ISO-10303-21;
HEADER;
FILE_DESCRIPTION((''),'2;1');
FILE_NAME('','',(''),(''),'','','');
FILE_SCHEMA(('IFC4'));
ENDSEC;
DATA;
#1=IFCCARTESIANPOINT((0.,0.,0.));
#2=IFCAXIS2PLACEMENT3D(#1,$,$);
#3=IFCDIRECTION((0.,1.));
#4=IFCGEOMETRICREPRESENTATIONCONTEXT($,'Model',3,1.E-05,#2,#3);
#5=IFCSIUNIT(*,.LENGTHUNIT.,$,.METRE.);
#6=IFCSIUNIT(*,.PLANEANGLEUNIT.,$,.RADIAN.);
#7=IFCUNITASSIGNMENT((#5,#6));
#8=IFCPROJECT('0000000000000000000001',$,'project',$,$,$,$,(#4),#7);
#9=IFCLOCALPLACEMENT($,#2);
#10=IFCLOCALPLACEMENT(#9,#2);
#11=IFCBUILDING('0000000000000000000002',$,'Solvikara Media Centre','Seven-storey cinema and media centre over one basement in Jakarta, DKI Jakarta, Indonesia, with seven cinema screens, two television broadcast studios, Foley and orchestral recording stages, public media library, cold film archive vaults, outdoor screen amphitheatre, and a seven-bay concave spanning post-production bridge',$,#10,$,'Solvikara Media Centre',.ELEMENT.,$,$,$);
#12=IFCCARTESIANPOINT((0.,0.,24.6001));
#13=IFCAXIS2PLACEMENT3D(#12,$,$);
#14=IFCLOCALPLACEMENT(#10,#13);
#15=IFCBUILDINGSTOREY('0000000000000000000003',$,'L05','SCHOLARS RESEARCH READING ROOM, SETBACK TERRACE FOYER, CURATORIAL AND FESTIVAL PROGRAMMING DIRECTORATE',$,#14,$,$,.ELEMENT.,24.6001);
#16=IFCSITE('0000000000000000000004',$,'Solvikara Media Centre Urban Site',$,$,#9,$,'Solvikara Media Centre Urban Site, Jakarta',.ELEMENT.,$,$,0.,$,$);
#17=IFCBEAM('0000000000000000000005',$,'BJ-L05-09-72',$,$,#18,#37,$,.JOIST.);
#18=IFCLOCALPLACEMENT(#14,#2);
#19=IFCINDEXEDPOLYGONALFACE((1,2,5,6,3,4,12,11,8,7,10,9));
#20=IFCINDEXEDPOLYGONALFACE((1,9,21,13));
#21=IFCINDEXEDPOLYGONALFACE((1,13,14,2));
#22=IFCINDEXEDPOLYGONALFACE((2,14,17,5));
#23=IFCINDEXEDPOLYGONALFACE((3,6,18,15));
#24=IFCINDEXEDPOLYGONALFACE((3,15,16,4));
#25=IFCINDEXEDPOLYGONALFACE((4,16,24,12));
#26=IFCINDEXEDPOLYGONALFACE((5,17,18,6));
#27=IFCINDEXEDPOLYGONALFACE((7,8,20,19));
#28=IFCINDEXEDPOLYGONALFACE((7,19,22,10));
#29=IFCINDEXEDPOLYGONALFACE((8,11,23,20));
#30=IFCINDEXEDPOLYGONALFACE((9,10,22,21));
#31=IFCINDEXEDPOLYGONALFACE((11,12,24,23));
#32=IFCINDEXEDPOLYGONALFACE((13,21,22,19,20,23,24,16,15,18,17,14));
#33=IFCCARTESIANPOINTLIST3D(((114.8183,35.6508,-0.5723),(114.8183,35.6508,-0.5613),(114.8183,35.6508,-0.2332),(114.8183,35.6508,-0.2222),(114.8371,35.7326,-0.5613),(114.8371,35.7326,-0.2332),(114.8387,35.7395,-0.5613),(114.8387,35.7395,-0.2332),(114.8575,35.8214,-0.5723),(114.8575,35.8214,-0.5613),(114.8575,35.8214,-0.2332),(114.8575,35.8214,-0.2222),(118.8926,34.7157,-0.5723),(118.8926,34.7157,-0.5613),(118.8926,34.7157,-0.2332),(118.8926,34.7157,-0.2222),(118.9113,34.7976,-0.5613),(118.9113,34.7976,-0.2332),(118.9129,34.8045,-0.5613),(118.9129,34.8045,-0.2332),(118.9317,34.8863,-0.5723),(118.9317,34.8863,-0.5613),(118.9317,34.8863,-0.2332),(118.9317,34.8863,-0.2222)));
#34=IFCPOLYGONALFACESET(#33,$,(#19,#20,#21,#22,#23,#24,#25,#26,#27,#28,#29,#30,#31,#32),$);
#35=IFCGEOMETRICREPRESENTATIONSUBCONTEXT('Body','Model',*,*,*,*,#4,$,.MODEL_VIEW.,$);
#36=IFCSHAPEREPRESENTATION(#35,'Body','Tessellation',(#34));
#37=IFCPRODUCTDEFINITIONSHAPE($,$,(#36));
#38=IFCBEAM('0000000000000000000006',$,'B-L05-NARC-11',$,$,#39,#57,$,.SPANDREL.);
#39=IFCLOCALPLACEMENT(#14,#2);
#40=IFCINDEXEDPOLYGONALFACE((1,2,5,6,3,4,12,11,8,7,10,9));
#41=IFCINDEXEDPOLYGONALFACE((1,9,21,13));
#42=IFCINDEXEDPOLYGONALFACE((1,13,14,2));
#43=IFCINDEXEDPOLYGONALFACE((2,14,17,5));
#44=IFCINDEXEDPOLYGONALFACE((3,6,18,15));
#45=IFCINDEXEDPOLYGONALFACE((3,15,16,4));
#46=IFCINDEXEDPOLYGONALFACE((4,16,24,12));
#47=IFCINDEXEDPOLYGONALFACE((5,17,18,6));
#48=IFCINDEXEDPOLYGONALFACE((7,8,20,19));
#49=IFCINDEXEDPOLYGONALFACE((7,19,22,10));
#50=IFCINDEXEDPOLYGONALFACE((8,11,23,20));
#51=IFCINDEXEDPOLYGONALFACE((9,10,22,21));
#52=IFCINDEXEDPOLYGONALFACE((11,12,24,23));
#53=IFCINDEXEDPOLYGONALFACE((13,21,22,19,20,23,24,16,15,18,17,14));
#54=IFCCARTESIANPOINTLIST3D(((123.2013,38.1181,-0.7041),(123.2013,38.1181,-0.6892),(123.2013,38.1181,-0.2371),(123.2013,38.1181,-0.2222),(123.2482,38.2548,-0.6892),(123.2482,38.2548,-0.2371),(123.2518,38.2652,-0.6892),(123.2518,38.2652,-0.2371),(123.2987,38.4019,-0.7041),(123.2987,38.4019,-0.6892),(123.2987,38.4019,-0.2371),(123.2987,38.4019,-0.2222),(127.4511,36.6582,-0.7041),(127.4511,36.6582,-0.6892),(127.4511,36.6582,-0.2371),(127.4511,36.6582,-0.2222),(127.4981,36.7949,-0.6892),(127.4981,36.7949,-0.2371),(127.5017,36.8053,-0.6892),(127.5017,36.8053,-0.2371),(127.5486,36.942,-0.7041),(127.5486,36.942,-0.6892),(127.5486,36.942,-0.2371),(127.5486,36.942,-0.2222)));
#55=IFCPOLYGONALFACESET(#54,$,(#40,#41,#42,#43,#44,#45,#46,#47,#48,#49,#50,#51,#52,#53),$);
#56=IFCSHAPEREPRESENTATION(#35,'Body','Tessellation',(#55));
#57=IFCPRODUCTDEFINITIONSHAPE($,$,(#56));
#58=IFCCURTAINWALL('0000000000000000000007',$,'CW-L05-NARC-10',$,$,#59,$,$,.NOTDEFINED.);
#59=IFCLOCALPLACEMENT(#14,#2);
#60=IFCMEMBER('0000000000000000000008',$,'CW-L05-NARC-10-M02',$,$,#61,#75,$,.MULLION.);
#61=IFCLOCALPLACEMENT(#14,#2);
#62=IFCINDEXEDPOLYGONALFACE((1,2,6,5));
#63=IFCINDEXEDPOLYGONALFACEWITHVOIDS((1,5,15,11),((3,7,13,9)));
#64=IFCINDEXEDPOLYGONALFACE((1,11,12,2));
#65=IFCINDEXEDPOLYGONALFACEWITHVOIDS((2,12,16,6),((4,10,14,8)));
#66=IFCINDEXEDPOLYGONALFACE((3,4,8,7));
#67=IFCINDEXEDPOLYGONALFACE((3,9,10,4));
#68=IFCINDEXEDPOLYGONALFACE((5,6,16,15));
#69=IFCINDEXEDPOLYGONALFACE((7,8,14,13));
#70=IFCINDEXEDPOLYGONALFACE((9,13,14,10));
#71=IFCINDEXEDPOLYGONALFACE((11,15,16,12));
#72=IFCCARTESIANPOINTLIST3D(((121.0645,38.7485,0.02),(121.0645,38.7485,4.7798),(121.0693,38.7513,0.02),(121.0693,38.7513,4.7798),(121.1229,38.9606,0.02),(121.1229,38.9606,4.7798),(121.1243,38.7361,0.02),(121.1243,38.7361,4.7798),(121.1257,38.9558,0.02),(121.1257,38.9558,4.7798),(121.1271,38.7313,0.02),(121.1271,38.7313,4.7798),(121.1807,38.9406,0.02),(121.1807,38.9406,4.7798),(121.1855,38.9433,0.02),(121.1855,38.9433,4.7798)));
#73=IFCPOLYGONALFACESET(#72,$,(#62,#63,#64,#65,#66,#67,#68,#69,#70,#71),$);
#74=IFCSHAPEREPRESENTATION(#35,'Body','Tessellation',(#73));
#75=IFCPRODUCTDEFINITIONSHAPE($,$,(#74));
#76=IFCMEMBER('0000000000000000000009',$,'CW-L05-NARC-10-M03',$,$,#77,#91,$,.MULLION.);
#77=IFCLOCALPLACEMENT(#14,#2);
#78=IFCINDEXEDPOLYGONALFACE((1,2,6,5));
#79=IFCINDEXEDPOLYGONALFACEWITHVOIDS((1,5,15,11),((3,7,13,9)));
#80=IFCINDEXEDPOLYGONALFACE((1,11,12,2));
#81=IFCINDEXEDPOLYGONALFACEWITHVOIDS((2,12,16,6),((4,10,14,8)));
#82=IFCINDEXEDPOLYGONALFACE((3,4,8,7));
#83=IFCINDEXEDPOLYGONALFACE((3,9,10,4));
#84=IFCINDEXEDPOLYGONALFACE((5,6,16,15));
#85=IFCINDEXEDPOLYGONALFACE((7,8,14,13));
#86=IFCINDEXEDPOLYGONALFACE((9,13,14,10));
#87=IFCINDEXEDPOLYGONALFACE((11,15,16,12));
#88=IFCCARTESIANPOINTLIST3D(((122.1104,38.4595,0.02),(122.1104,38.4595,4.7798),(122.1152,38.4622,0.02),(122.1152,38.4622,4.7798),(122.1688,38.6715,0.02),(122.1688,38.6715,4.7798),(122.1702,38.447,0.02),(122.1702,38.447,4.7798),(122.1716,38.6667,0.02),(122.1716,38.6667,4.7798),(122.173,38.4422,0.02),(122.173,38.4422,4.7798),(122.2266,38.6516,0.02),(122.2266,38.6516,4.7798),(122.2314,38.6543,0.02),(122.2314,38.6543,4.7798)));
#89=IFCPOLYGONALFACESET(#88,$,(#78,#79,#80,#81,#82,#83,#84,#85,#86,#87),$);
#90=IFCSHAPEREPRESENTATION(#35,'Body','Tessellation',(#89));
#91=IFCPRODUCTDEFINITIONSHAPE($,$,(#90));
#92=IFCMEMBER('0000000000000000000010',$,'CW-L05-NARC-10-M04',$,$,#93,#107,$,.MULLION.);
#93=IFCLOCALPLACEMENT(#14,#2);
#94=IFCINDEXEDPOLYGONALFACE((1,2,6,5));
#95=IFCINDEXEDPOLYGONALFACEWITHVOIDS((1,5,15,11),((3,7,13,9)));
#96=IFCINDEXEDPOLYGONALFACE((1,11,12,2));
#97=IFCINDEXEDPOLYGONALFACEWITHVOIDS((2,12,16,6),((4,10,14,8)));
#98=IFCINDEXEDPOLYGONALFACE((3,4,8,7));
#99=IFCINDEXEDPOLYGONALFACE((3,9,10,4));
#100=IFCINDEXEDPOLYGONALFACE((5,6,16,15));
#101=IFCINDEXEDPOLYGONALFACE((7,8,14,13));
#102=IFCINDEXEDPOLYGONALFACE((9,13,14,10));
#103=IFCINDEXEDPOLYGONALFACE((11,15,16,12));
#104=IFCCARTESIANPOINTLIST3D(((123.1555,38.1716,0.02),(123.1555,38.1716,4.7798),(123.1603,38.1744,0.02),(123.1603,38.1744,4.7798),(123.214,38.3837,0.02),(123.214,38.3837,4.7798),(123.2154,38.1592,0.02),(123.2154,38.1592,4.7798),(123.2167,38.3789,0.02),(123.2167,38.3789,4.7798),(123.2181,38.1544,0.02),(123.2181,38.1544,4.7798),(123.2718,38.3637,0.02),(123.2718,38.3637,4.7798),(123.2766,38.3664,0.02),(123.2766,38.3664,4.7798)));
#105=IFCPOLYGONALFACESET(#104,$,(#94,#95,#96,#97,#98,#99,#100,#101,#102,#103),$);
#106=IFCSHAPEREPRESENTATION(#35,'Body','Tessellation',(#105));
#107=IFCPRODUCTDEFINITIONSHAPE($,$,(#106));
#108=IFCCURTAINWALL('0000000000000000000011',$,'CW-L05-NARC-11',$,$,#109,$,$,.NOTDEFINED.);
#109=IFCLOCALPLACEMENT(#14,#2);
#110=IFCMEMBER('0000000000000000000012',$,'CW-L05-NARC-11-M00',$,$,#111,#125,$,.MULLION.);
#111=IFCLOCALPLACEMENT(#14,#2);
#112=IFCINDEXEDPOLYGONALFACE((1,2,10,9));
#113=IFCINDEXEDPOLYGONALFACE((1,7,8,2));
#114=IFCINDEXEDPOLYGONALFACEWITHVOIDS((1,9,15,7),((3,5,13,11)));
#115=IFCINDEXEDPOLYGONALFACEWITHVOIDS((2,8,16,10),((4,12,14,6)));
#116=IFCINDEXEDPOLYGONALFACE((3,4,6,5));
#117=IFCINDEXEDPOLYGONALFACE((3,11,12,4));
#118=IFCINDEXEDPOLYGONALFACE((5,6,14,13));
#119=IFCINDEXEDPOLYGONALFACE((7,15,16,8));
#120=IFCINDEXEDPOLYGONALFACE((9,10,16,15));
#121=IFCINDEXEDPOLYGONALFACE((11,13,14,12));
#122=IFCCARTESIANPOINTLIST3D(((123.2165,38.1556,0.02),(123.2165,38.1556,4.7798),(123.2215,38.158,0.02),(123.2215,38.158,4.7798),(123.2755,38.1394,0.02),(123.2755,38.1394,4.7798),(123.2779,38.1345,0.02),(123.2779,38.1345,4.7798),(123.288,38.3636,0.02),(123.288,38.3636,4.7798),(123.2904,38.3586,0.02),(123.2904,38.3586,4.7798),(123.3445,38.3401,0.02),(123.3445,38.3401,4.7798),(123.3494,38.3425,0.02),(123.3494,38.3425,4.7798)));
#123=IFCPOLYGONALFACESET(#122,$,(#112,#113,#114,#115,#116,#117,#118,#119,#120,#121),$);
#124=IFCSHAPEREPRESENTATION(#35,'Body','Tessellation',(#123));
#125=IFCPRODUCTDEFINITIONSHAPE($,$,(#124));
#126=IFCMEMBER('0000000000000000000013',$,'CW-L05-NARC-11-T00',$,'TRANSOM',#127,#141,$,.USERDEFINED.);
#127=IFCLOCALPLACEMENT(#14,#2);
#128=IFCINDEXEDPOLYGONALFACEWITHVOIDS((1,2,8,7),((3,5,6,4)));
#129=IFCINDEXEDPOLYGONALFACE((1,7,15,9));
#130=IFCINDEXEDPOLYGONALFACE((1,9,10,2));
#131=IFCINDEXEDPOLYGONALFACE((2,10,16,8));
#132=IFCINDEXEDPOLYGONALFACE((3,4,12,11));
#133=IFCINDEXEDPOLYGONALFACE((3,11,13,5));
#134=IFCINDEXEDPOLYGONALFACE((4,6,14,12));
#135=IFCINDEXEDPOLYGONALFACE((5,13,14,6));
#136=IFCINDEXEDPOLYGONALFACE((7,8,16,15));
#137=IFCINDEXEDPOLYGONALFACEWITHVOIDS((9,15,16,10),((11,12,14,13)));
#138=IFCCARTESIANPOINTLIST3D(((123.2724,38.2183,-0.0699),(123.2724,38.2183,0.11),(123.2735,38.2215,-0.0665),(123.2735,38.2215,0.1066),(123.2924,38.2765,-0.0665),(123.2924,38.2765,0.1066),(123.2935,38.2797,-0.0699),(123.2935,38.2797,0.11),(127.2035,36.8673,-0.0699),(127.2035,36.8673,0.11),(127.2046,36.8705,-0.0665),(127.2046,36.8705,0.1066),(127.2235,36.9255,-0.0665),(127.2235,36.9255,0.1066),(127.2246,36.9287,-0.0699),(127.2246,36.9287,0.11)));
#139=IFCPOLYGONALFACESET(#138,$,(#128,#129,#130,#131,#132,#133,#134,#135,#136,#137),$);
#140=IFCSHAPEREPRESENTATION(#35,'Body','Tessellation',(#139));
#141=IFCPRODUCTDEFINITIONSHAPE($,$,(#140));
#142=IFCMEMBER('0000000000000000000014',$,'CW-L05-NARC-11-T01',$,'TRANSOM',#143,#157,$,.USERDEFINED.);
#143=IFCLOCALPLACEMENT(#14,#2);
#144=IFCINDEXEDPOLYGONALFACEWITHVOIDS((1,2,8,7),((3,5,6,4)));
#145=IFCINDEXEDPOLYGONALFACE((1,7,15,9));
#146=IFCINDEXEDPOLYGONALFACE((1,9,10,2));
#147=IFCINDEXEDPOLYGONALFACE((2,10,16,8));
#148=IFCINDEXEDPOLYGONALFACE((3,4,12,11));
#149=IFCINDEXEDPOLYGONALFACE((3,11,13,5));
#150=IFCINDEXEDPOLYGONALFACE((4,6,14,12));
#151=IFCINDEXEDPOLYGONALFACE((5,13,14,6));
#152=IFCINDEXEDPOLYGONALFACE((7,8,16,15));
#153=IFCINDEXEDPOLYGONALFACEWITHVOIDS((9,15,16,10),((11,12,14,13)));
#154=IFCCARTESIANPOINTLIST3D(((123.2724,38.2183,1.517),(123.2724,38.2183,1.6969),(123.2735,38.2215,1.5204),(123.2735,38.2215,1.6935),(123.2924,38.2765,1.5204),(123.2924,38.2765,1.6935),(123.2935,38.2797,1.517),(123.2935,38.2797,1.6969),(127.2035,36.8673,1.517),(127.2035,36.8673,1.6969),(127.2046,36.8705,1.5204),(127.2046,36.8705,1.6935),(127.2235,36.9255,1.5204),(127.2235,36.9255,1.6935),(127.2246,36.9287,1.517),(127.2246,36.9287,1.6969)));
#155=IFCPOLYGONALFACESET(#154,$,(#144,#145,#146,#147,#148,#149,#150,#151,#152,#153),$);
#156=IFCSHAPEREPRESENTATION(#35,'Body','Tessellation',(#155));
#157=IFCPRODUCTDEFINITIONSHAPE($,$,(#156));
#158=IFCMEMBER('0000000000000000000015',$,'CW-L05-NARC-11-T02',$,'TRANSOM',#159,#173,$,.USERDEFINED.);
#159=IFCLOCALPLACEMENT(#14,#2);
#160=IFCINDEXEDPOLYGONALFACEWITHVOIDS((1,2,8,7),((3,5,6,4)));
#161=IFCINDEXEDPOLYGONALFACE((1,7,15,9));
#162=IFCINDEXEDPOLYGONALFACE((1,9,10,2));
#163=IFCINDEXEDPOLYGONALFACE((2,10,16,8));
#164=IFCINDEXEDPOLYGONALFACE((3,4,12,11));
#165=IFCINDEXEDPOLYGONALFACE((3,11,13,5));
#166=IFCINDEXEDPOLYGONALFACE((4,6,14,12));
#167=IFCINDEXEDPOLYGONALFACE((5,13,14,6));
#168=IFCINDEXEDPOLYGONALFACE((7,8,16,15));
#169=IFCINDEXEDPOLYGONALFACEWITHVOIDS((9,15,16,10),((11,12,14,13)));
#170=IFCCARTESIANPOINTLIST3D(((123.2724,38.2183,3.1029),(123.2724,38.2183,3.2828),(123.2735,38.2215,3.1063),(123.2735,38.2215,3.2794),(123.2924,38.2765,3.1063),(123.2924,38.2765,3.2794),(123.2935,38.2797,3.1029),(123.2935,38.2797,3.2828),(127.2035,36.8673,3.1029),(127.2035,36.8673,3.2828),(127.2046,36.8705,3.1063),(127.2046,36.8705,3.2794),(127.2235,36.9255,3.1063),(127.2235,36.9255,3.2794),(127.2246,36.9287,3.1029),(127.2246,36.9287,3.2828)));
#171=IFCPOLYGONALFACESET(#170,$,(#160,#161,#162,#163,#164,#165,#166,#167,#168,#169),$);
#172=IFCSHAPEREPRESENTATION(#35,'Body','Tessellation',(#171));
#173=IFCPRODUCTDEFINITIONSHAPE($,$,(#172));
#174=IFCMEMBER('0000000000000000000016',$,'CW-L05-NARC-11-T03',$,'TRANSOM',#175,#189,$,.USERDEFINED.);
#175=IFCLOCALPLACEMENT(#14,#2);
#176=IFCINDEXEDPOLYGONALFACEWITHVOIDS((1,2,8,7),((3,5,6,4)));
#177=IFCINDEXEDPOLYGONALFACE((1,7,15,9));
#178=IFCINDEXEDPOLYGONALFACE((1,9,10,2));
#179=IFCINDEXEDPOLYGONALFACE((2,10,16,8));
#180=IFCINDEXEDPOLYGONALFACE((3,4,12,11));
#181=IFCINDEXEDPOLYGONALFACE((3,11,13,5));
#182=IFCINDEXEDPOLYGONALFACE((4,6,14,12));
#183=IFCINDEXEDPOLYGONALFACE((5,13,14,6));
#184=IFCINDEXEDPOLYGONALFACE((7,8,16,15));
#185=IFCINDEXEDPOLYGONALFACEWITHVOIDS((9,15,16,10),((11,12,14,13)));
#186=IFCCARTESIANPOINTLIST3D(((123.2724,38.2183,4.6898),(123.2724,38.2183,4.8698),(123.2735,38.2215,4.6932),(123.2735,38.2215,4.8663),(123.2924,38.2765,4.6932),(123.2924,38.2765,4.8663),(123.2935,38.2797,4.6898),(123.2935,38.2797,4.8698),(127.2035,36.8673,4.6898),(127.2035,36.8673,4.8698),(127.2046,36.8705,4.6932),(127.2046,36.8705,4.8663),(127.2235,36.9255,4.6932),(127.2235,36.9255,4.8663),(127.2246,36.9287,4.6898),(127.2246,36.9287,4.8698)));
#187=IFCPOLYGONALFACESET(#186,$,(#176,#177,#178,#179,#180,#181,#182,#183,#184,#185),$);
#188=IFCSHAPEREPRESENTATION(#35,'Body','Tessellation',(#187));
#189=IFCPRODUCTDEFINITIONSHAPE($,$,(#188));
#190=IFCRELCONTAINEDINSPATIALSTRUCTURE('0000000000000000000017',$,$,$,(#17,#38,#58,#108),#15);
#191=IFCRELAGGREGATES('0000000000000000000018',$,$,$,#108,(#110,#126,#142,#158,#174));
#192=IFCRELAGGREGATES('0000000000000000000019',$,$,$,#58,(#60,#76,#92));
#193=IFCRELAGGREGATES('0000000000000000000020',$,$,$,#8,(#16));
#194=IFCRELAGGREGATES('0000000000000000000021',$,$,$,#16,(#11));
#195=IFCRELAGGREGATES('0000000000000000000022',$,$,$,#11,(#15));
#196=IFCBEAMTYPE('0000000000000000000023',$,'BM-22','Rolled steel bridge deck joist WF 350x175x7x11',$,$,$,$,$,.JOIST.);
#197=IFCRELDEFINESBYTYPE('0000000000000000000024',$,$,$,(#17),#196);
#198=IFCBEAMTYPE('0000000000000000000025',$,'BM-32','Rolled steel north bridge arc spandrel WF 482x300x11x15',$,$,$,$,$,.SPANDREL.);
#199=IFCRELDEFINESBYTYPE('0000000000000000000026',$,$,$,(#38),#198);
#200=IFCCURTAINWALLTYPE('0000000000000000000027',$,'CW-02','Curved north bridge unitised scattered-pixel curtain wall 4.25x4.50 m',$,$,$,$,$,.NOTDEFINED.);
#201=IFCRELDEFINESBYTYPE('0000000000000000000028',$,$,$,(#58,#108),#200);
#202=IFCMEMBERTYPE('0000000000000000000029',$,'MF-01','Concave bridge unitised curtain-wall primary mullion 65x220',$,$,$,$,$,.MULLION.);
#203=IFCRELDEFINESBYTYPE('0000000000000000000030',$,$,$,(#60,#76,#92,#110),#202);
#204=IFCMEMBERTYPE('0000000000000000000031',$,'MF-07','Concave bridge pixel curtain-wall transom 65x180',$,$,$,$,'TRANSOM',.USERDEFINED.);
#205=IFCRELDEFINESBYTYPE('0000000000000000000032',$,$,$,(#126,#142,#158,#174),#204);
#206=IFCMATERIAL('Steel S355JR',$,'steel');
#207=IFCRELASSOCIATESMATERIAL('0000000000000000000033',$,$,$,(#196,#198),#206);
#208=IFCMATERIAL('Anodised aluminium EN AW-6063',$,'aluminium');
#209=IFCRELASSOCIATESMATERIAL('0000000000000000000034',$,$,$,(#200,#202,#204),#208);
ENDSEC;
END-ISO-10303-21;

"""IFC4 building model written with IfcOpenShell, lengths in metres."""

from ifc_helpers import new_model, si_unit, direction, frame, origin, origin_2d, place, context, subcontext, project, spatial, hollow_rectangle, i_section, extrude, material, material_profile, profile_set, type_object, element, aggregate, save


model = new_model("IFC4")

# Units and contexts
model_context = context("Model", 3, precision=1e-05, world=origin(), true_north=direction((0.0, 1.0)))
body_context = subcontext(model_context, "Body", "Model", "MODEL_VIEW")
ifc_project = project(units=[si_unit("LENGTHUNIT", "METRE"), si_unit("PLANEANGLEUNIT", "RADIAN")], contexts=[model_context])

# Site, building, storey
site_placement = place(None, origin())
site = spatial("IfcSite", under=ifc_project, at=site_placement, Name="Solvikara Media Centre Urban Site", LongName="Solvikara Media Centre Urban Site, Jakarta", CompositionType="ELEMENT", RefElevation=0.0)
building_placement = place(site_placement, origin())
building = spatial("IfcBuilding", under=site, at=building_placement, Name="Solvikara Media Centre", Description="Seven-storey cinema and media centre over one basement in Jakarta, DKI Jakarta, Indonesia, with seven cinema screens, two television broadcast studios, Foley and orchestral recording stages, public media library, cold film archive vaults, outdoor screen amphitheatre, and a seven-bay concave spanning post-production bridge", LongName="Solvikara Media Centre", CompositionType="ELEMENT")
storey_placement = place(building_placement, frame((0.0, 0.0, 24.6001)))
storey = spatial("IfcBuildingStorey", under=building, at=storey_placement, Name="L05", Description="SCHOLARS RESEARCH READING ROOM, SETBACK TERRACE FOYER, CURATORIAL AND FESTIVAL PROGRAMMING DIRECTORATE", CompositionType="ELEMENT", Elevation=24.6001)

# Beams
ifc_material_1 = material(Name="Steel S355JR", Category="steel")
ifc_material_profile_1 = material_profile(ifc_material_1, i_section(OverallWidth=0.175, OverallDepth=0.3501, WebThickness=0.0071, FlangeThickness=0.011, at=origin_2d()), Name="WF 350x175x7x11")
ifc_profile_set_1 = profile_set([ifc_material_profile_1], Name="Steel S355JR")
beam_type_1 = type_object("IfcBeamType", Name="BM-22", Description="Rolled steel bridge deck joist WF 350x175x7x11", PredefinedType="JOIST", material=ifc_profile_set_1)
beam_1_placement = place(storey_placement, frame((114.8379, 35.7361, -0.3972), z_axis=(0.97466, -0.223691, 0.0), x_axis=(0.223691, 0.97466, 0.0)))
element("IfcBeam", 1, at=beam_1_placement, inside=storey, type_object=beam_type_1, Name="BJ-L05-09-72", PredefinedType="JOIST", context=body_context, shape_type="SweptSolid", body=[
    extrude(i_section(OverallWidth=0.175, OverallDepth=0.3501, WebThickness=0.0071, FlangeThickness=0.011, at=origin_2d()), origin(), (0.0, 0.0, 1.0), 4.1802),
])
ifc_material_profile_2 = material_profile(ifc_material_1, i_section(OverallWidth=0.3, OverallDepth=0.4819, WebThickness=0.011, FlangeThickness=0.0149, at=origin_2d()), Name="WF 482x300x11x15")
ifc_profile_set_2 = profile_set([ifc_material_profile_2], Name="Steel S355JR")
beam_type_2 = type_object("IfcBeamType", Name="BM-32", Description="Rolled steel north bridge arc spandrel WF 482x300x11x15", PredefinedType="SPANDREL", material=ifc_profile_set_2)
beam_2_placement = place(storey_placement, frame((123.25, 38.26, -0.4631), z_axis=(0.945753, -0.324885, 0.0), x_axis=(0.324885, 0.945753, 0.0)))
element("IfcBeam", 2, at=beam_2_placement, inside=storey, type_object=beam_type_2, Name="B-L05-NARC-11", PredefinedType="SPANDREL", context=body_context, shape_type="SweptSolid", body=[
    extrude(i_section(OverallWidth=0.3, OverallDepth=0.4819, WebThickness=0.011, FlangeThickness=0.0149, at=origin_2d()), origin(), (0.0, 0.0, 1.0), 4.4937),
])

# Curtain walls, members
ifc_material_2 = material(Name="Anodised aluminium EN AW-6063", Category="aluminium")
curtain_wall_type = type_object("IfcCurtainWallType", Name="CW-02", Description="Curved north bridge unitised scattered-pixel curtain wall 4.25x4.50 m", PredefinedType="NOTDEFINED", material=ifc_material_2)
curtain_wall_1_placement = place(storey_placement, origin())
curtain_wall_1 = element("IfcCurtainWall", 3, at=curtain_wall_1_placement, inside=storey, type_object=curtain_wall_type, Name="CW-L05-NARC-10", PredefinedType="NOTDEFINED")
ifc_material_profile_3 = material_profile(ifc_material_2, hollow_rectangle(XDim=0.0649, YDim=0.22, WallThickness=0.0039, at=origin_2d()), Name="ALU-M 65x220x4")
ifc_profile_set_3 = profile_set([ifc_material_profile_3], Name="Anodised aluminium EN AW-6063")
member_type_1 = type_object("IfcMemberType", Name="MF-01", Description="Concave bridge unitised curtain-wall primary mullion 65x220", PredefinedType="MULLION", material=ifc_profile_set_3)
member_1_placement = place(storey_placement, frame((121.125, 38.8459, 0.02), z_axis=(0.0, 0.0, 1.0), x_axis=(0.96403, -0.265792, 0.0)))
member_1 = element("IfcMember", 4, at=member_1_placement, type_object=member_type_1, Name="CW-L05-NARC-10-M02", PredefinedType="MULLION", context=body_context, shape_type="SweptSolid", body=[
    extrude(hollow_rectangle(XDim=0.0649, YDim=0.22, WallThickness=0.0039, at=origin_2d()), origin(), (0.0, 0.0, 1.0), 4.7598),
])
member_2_placement = place(storey_placement, frame((122.1709, 38.5569, 0.02), z_axis=(0.0, 0.0, 1.0), x_axis=(0.96403, -0.265792, 0.0)))
member_2 = element("IfcMember", 5, at=member_2_placement, type_object=member_type_1, Name="CW-L05-NARC-10-M03", PredefinedType="MULLION", context=body_context, shape_type="SweptSolid", body=[
    extrude(hollow_rectangle(XDim=0.0649, YDim=0.22, WallThickness=0.0039, at=origin_2d()), origin(), (0.0, 0.0, 1.0), 4.7598),
])
member_3_placement = place(storey_placement, frame((123.2161, 38.269, 0.02), z_axis=(0.0, 0.0, 1.0), x_axis=(0.96403, -0.265792, 0.0)))
member_3 = element("IfcMember", 6, at=member_3_placement, type_object=member_type_1, Name="CW-L05-NARC-10-M04", PredefinedType="MULLION", context=body_context, shape_type="SweptSolid", body=[
    extrude(hollow_rectangle(XDim=0.0649, YDim=0.22, WallThickness=0.0039, at=origin_2d()), origin(), (0.0, 0.0, 1.0), 4.7598),
])
curtain_wall_2_placement = place(storey_placement, origin())
curtain_wall_2 = element("IfcCurtainWall", 7, at=curtain_wall_2_placement, inside=storey, type_object=curtain_wall_type, Name="CW-L05-NARC-11", PredefinedType="NOTDEFINED")
member_4_placement = place(storey_placement, frame((123.283, 38.249, 0.02), z_axis=(0.0, 0.0, 1.0), x_axis=(0.945706, -0.325024, 0.0)))
member_4 = element("IfcMember", 8, at=member_4_placement, type_object=member_type_1, Name="CW-L05-NARC-11-M00", PredefinedType="MULLION", context=body_context, shape_type="SweptSolid", body=[
    extrude(hollow_rectangle(XDim=0.0649, YDim=0.22, WallThickness=0.0039, at=origin_2d()), origin(), (0.0, 0.0, 1.0), 4.7598),
])
ifc_material_profile_4 = material_profile(ifc_material_2, hollow_rectangle(XDim=0.0649, YDim=0.1799, WallThickness=0.0034, at=origin_2d()), Name="ALU-T 65x180x3.5")
ifc_profile_set_4 = profile_set([ifc_material_profile_4], Name="Anodised aluminium EN AW-6063")
member_type_2 = type_object("IfcMemberType", Name="MF-07", Description="Concave bridge pixel curtain-wall transom 65x180", ElementType="TRANSOM", PredefinedType="USERDEFINED", material=ifc_profile_set_4)
member_5_placement = place(storey_placement, frame((123.283, 38.249, 0.02), z_axis=(0.945706, -0.325024, 0.0), x_axis=(0.325024, 0.945706, 0.0)))
member_5 = element("IfcMember", 9, at=member_5_placement, type_object=member_type_2, Name="CW-L05-NARC-11-T00", ObjectType="TRANSOM", PredefinedType="USERDEFINED", context=body_context, shape_type="SweptSolid", body=[
    extrude(hollow_rectangle(XDim=0.0649, YDim=0.1799, WallThickness=0.0034, at=origin_2d()), origin(), (0.0, 0.0, 1.0), 4.1567),
])
member_6_placement = place(storey_placement, frame((123.283, 38.249, 1.6069), z_axis=(0.945706, -0.325024, 0.0), x_axis=(0.325024, 0.945706, 0.0)))
member_6 = element("IfcMember", 10, at=member_6_placement, type_object=member_type_2, Name="CW-L05-NARC-11-T01", ObjectType="TRANSOM", PredefinedType="USERDEFINED", context=body_context, shape_type="SweptSolid", body=[
    extrude(hollow_rectangle(XDim=0.0649, YDim=0.1799, WallThickness=0.0034, at=origin_2d()), origin(), (0.0, 0.0, 1.0), 4.1567),
])
member_7_placement = place(storey_placement, frame((123.283, 38.249, 3.1929), z_axis=(0.945706, -0.325024, 0.0), x_axis=(0.325024, 0.945706, 0.0)))
member_7 = element("IfcMember", 11, at=member_7_placement, type_object=member_type_2, Name="CW-L05-NARC-11-T02", ObjectType="TRANSOM", PredefinedType="USERDEFINED", context=body_context, shape_type="SweptSolid", body=[
    extrude(hollow_rectangle(XDim=0.0649, YDim=0.1799, WallThickness=0.0034, at=origin_2d()), origin(), (0.0, 0.0, 1.0), 4.1567),
])
member_8_placement = place(storey_placement, frame((123.283, 38.249, 4.7798), z_axis=(0.945706, -0.325024, 0.0), x_axis=(0.325024, 0.945706, 0.0)))
member_8 = element("IfcMember", 12, at=member_8_placement, type_object=member_type_2, Name="CW-L05-NARC-11-T03", ObjectType="TRANSOM", PredefinedType="USERDEFINED", context=body_context, shape_type="SweptSolid", body=[
    extrude(hollow_rectangle(XDim=0.0649, YDim=0.1799, WallThickness=0.0034, at=origin_2d()), origin(), (0.0, 0.0, 1.0), 4.1567),
])

aggregate(curtain_wall_2, [member_4, member_5, member_6, member_7, member_8])
aggregate(curtain_wall_1, [member_1, member_2, member_3])

save(model, "model.ifc")
